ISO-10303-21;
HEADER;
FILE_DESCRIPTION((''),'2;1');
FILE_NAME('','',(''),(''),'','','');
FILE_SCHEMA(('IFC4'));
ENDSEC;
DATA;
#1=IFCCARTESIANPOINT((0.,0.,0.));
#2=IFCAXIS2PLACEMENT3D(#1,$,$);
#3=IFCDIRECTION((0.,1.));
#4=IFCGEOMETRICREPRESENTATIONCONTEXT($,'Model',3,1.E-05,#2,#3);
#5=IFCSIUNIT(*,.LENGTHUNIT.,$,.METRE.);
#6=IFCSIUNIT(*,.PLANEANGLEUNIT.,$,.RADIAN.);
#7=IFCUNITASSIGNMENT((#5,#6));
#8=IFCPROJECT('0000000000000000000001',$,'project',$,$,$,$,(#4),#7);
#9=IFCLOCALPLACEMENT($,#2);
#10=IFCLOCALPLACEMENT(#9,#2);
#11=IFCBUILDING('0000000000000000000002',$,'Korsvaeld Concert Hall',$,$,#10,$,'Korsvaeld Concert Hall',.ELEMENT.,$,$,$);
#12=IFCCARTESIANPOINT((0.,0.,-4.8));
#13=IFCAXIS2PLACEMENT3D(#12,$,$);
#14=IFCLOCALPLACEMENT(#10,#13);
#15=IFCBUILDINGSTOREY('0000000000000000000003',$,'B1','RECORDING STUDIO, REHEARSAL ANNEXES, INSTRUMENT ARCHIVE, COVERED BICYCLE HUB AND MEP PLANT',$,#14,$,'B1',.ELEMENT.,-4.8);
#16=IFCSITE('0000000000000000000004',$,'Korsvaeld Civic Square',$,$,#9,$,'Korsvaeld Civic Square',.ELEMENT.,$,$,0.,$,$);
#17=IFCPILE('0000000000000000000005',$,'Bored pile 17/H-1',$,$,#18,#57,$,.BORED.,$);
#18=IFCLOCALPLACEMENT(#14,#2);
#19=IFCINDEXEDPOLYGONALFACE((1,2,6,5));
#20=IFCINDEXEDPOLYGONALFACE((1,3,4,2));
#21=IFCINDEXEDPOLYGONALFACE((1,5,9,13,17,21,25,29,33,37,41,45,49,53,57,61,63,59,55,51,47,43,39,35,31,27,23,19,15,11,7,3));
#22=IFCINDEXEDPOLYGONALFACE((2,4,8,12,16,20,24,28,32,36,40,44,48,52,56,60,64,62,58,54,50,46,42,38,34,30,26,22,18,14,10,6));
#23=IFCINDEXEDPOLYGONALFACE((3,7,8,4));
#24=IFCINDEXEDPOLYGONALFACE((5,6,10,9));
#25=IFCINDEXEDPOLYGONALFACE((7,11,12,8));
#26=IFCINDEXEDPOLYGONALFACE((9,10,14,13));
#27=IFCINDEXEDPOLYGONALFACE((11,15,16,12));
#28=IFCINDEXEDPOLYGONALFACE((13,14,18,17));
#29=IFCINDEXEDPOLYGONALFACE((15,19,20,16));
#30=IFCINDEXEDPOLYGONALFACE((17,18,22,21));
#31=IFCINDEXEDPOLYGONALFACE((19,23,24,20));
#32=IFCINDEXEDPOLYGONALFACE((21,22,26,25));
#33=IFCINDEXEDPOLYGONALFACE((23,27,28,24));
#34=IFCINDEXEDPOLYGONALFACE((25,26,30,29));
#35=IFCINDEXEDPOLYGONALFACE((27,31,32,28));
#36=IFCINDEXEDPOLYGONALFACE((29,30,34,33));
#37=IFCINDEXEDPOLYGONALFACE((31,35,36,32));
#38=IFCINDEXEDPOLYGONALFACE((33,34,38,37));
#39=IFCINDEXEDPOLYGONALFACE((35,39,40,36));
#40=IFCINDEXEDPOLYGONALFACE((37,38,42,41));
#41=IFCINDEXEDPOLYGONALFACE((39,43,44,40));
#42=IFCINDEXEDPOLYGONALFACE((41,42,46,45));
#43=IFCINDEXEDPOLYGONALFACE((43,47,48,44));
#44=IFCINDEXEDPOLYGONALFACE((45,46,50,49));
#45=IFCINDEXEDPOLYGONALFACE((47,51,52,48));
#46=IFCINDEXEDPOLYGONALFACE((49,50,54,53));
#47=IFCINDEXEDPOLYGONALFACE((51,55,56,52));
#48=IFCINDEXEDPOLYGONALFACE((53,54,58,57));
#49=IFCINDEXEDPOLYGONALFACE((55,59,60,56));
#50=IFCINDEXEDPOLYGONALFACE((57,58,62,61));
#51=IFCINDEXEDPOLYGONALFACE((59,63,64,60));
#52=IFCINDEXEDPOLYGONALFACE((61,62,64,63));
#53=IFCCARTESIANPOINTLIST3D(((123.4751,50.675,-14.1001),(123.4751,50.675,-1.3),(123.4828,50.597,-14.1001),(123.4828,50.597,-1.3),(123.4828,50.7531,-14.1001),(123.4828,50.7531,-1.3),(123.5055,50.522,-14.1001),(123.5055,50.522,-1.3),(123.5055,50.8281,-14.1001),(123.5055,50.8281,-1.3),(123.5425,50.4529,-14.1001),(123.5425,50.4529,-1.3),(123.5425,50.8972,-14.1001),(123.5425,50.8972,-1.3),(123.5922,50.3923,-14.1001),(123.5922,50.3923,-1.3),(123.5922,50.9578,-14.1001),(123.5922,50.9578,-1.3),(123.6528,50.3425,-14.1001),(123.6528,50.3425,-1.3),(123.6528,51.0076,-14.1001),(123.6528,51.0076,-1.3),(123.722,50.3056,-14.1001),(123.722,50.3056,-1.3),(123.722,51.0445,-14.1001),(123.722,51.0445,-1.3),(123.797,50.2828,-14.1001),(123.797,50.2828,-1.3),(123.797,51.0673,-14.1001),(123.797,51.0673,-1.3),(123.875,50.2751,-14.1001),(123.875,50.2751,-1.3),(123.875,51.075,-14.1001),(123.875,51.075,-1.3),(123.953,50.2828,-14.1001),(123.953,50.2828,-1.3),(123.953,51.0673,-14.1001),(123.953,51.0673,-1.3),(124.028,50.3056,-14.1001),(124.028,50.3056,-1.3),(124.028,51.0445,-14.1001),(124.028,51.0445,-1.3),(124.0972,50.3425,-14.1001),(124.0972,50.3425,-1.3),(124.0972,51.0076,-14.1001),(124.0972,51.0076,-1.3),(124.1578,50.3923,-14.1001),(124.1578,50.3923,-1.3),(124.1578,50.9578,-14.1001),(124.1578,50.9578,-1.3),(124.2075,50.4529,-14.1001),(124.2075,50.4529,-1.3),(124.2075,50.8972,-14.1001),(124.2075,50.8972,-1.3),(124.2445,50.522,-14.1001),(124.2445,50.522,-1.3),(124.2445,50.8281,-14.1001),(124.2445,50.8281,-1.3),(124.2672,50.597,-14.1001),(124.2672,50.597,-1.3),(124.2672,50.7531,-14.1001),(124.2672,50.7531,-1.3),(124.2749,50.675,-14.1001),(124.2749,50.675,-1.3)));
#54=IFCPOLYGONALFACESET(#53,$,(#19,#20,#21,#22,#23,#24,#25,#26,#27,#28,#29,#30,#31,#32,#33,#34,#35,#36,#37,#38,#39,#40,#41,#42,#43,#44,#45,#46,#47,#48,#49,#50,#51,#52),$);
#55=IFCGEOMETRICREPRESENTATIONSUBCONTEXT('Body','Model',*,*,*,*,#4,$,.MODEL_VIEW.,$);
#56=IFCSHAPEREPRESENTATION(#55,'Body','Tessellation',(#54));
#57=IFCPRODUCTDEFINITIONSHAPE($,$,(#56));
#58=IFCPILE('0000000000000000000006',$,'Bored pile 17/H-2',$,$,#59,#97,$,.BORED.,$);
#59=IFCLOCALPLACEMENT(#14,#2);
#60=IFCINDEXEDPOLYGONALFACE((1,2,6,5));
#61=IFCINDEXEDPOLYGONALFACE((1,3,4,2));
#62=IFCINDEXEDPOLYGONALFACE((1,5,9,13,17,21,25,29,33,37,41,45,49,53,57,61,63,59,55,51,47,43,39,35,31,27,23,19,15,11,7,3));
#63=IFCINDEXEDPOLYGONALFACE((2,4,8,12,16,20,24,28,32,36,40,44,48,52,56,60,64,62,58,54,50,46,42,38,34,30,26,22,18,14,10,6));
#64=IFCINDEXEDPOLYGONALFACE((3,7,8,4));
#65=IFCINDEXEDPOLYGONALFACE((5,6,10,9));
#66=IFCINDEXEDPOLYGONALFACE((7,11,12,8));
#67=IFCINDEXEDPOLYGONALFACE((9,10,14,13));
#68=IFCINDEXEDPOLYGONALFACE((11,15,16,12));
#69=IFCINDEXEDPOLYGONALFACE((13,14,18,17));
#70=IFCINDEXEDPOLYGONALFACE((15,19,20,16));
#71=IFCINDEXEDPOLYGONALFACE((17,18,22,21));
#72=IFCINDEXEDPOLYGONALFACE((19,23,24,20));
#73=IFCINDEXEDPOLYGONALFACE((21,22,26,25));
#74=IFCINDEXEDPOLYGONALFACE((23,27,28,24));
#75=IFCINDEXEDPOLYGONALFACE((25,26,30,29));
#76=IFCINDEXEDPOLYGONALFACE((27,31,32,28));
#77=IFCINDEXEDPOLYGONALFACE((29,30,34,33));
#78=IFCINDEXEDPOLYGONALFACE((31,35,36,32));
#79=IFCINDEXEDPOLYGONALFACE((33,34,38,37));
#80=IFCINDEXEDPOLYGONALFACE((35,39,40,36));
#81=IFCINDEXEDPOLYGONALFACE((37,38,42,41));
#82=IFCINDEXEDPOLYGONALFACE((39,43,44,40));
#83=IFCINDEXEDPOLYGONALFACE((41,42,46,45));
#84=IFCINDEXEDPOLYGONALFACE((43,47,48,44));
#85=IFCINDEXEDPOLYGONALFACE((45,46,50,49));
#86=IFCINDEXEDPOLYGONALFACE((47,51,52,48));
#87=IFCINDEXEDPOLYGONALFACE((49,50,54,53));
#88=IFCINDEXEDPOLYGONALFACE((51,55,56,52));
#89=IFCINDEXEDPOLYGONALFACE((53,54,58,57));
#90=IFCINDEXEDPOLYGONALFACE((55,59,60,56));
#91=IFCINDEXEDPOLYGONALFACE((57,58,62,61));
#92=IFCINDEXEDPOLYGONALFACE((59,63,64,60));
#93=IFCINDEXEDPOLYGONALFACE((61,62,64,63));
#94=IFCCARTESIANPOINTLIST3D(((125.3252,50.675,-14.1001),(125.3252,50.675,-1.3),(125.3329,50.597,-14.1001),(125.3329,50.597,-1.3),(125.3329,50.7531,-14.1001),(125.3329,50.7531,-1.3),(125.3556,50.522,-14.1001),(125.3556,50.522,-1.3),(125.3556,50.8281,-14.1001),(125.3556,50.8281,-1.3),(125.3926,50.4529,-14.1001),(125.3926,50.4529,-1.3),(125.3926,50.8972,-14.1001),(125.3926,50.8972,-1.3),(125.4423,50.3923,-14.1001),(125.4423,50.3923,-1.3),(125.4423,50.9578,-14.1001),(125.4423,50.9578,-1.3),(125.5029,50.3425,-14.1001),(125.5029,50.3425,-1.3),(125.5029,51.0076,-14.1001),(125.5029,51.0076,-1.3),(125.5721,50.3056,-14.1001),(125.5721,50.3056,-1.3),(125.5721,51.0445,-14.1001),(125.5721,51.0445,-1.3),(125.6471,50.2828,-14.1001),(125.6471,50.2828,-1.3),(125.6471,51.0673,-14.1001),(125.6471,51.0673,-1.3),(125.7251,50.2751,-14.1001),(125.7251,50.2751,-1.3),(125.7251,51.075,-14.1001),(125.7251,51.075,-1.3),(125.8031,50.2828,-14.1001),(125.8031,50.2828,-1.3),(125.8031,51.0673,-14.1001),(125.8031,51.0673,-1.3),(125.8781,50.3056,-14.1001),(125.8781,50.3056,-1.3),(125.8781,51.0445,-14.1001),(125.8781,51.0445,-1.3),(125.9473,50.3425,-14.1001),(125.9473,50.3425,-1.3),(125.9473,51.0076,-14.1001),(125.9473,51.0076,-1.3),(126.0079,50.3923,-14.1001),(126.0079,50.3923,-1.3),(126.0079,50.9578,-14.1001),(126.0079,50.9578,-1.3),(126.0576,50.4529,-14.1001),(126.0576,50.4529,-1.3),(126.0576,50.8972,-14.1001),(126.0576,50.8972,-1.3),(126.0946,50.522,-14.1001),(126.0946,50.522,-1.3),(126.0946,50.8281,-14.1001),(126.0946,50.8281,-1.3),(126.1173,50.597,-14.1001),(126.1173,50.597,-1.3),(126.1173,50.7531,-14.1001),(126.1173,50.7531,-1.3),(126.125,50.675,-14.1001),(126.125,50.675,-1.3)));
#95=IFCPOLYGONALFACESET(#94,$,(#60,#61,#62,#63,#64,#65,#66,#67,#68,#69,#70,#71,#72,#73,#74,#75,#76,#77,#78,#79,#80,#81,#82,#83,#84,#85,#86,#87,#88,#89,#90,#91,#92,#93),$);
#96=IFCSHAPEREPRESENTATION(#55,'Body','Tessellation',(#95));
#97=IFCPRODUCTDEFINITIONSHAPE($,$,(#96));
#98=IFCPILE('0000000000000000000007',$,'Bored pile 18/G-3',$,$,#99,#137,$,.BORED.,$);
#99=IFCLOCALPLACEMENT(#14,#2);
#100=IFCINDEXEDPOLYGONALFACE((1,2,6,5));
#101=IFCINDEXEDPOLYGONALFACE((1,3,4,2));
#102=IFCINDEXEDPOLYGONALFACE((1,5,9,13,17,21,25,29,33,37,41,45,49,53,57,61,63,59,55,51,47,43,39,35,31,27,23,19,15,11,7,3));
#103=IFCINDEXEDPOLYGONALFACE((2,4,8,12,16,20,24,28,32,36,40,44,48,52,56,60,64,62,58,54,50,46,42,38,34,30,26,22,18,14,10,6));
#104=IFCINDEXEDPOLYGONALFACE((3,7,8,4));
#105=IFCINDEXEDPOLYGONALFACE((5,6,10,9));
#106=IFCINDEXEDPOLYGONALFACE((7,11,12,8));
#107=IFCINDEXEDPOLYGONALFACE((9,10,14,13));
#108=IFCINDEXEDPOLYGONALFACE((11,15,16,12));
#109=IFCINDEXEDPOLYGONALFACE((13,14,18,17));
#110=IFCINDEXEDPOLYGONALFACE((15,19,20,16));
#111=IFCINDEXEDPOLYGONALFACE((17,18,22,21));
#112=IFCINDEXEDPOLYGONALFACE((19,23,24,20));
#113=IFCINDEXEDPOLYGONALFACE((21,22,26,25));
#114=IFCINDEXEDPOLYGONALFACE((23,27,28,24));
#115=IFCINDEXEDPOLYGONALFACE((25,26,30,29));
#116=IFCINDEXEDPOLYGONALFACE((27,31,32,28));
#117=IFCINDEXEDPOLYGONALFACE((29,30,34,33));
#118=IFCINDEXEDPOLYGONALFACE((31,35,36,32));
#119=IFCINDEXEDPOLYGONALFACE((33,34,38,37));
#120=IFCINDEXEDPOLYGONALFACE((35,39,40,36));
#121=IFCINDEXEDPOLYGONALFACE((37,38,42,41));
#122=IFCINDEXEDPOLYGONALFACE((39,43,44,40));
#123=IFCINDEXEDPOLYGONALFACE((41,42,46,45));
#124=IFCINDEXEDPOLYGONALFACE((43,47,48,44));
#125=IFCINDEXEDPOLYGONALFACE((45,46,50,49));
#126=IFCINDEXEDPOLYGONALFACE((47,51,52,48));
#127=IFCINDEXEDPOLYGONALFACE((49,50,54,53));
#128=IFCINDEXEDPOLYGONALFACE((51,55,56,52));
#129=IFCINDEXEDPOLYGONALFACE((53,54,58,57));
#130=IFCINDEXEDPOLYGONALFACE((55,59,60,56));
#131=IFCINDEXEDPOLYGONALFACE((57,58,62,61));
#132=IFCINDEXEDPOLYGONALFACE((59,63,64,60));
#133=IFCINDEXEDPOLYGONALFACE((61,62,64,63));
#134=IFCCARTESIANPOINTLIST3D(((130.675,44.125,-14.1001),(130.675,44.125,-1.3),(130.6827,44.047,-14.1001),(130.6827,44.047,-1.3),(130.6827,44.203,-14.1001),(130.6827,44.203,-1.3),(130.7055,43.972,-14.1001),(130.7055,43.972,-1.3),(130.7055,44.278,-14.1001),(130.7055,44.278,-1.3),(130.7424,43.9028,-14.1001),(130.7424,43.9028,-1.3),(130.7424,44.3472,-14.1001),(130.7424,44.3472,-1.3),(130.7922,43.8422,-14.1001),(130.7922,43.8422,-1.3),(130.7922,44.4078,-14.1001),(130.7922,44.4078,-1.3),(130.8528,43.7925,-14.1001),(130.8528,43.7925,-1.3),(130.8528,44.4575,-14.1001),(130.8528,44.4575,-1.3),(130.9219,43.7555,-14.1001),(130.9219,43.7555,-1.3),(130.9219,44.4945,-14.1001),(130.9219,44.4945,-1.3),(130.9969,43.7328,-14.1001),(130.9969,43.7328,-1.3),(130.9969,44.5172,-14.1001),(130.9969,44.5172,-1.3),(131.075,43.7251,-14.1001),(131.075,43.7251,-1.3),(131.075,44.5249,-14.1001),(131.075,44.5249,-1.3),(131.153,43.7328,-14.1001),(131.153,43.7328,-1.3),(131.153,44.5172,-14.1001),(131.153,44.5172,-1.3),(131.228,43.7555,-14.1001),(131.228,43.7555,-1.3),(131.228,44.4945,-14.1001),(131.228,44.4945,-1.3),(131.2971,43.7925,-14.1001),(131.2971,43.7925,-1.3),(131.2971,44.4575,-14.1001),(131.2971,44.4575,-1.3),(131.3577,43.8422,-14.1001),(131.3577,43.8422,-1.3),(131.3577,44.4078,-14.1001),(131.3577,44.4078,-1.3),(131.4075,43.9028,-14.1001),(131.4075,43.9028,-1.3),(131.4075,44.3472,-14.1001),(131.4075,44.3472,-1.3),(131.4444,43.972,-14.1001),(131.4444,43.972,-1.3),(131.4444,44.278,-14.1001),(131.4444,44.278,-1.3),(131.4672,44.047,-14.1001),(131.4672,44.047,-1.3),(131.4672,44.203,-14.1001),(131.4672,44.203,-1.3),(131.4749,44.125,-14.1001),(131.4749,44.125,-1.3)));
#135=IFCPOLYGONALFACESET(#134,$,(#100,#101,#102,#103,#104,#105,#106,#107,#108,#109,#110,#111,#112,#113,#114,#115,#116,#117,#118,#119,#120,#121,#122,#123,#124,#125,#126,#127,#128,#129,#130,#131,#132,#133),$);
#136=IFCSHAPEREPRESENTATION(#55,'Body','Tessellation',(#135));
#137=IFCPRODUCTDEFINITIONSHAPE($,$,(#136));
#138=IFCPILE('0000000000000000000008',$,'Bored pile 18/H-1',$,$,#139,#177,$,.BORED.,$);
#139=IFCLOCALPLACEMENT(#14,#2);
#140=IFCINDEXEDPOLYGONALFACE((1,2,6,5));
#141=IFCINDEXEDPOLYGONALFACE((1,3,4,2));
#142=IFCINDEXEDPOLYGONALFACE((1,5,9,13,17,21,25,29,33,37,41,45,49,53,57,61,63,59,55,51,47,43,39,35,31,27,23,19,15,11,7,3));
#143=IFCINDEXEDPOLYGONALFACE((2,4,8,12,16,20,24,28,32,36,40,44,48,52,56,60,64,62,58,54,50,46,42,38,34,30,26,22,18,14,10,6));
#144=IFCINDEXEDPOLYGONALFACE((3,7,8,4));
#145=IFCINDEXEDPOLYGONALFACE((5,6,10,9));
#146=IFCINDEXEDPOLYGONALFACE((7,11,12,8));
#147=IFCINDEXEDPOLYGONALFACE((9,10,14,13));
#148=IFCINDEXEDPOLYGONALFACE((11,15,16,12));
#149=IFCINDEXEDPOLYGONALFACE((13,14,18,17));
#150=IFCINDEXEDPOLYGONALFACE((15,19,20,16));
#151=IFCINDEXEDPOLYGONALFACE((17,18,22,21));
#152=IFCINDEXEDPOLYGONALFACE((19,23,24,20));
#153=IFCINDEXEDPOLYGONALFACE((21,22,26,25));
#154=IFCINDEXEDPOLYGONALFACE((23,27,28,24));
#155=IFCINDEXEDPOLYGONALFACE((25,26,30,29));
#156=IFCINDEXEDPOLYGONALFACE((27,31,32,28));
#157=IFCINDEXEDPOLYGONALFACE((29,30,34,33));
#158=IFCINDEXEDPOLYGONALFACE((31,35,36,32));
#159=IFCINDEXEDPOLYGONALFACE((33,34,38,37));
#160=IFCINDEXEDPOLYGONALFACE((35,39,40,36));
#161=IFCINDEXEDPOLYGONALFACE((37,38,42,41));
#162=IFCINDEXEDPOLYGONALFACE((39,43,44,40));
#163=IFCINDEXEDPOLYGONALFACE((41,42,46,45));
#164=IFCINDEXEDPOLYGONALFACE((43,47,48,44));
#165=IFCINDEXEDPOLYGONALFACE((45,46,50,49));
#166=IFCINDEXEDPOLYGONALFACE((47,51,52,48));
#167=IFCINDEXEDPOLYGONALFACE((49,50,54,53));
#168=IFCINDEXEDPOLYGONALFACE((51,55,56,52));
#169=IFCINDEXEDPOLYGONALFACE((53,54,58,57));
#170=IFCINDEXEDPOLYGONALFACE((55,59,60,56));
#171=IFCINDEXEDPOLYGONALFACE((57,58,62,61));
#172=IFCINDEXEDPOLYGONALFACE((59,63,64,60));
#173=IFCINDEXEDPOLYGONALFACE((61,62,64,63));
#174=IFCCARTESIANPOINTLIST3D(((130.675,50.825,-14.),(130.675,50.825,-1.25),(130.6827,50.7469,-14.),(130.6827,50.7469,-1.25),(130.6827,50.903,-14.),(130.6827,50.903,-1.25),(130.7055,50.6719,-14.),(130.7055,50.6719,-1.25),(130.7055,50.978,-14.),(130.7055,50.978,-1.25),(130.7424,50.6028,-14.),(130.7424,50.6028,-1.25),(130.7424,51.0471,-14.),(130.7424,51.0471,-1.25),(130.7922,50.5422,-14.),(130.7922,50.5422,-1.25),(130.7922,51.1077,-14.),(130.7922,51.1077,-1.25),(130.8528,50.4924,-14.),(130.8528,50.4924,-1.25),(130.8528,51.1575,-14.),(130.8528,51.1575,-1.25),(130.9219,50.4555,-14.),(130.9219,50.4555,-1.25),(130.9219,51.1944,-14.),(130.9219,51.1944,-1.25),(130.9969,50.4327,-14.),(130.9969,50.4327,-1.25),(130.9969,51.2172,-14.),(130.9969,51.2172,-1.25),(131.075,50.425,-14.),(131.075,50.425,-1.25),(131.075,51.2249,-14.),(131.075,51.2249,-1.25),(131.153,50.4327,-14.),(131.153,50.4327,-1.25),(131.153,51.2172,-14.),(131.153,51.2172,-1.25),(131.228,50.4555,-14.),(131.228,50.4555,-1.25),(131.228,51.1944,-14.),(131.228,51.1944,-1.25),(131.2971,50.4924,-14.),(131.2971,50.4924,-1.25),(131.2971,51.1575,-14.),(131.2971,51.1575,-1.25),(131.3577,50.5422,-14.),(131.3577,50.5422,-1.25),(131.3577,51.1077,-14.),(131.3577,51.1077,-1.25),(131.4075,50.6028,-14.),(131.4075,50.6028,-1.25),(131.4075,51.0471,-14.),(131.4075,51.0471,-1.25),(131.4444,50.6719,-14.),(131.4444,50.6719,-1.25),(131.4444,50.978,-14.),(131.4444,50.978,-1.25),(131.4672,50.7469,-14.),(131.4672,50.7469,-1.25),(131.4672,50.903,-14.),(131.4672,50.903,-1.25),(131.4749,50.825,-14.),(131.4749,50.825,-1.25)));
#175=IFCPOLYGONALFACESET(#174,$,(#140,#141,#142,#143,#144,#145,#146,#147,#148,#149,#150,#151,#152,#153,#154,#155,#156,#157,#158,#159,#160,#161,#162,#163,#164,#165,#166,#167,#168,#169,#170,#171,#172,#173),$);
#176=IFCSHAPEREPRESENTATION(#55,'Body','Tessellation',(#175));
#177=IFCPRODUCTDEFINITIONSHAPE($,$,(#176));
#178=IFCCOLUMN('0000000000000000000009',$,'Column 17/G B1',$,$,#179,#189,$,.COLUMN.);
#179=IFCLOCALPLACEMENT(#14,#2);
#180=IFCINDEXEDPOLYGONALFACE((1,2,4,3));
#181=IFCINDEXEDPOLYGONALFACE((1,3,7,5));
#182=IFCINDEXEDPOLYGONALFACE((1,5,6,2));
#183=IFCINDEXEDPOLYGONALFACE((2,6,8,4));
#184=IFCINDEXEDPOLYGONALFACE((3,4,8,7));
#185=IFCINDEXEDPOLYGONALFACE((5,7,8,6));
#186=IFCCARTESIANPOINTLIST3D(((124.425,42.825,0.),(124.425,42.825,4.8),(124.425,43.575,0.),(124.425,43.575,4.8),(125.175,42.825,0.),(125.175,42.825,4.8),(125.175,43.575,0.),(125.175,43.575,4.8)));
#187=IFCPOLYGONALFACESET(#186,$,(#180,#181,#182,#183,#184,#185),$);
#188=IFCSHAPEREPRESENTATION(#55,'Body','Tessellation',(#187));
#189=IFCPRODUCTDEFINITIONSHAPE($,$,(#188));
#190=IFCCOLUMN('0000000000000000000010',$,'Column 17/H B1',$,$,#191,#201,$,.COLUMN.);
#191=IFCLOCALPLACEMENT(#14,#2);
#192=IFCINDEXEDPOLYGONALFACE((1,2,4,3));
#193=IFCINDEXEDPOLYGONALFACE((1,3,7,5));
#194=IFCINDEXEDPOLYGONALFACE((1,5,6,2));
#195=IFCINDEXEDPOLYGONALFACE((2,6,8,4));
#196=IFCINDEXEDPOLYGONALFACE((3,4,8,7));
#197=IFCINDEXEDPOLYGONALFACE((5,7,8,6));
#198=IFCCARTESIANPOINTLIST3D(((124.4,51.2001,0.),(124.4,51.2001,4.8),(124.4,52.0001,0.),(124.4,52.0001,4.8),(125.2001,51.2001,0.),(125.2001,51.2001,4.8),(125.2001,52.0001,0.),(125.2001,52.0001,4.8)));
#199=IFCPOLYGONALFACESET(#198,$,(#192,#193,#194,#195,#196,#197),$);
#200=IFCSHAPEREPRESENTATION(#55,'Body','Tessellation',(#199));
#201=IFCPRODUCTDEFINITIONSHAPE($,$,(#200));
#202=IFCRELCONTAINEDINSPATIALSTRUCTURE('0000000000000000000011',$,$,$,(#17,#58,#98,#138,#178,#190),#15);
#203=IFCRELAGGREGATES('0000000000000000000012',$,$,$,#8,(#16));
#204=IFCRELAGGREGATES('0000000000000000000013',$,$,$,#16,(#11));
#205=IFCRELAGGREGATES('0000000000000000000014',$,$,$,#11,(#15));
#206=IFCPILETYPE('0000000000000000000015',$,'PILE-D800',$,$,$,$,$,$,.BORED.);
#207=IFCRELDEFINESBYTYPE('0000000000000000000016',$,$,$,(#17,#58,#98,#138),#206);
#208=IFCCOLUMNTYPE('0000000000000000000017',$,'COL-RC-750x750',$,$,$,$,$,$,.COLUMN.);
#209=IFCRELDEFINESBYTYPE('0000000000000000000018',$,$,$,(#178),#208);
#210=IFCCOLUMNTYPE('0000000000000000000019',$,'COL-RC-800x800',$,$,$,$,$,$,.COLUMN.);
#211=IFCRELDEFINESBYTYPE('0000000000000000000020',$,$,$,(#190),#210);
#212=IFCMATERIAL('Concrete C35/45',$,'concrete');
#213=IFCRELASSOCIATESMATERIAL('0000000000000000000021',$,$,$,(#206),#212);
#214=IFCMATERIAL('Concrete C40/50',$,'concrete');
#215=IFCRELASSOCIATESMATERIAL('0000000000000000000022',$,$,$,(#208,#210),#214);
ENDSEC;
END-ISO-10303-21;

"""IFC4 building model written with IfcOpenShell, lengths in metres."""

from ifc_helpers import new_model, si_unit, direction, frame, origin, origin_2d, place, context, subcontext, project, spatial, rectangle, circle, extrude, material, material_profile, profile_set, type_object, element, save


model = new_model("IFC4")

# Units and contexts
model_context = context("Model", 3, precision=1e-05, world=origin(), true_north=direction((0.0, 1.0)))
body_context = subcontext(model_context, "Body", "Model", "MODEL_VIEW")
ifc_project = project(units=[si_unit("LENGTHUNIT", "METRE"), si_unit("PLANEANGLEUNIT", "RADIAN")], contexts=[model_context])

# Site, building, storey
site_placement = place(None, origin())
site = spatial("IfcSite", under=ifc_project, at=site_placement, Name="Korsvaeld Civic Square", LongName="Korsvaeld Civic Square", CompositionType="ELEMENT", RefElevation=0.0)
building_placement = place(site_placement, origin())
building = spatial("IfcBuilding", under=site, at=building_placement, Name="Korsvaeld Concert Hall", LongName="Korsvaeld Concert Hall", CompositionType="ELEMENT")
storey_placement = place(building_placement, frame((0.0, 0.0, -4.8)))
storey = spatial("IfcBuildingStorey", under=building, at=storey_placement, Name="B1", Description="RECORDING STUDIO, REHEARSAL ANNEXES, INSTRUMENT ARCHIVE, COVERED BICYCLE HUB AND MEP PLANT", LongName="B1", CompositionType="ELEMENT", Elevation=-4.8)

# Shared definitions
ifc_material_1 = material(Name="Concrete C35/45", Category="concrete")

# Piles
ifc_material_profile_1 = material_profile(ifc_material_1, circle(Radius=0.3999, at=origin_2d()), Name="BORED PILE D800")
ifc_profile_set_1 = profile_set([ifc_material_profile_1], Name="Concrete C35/45")
pile_type_1 = type_object("IfcPileType", Name="PILE-D800", PredefinedType="BORED", material=ifc_profile_set_1)
for number, where, z_axis, x_axis, name in (
    (1, (123.875, 50.675, -1.3), (0.0, 0.0, -1.0), (1.0, 0.0, 0.0), "Bored pile 17/H-1"),
    (2, (125.7251, 50.675, -1.3), (0.0, 0.0, -1.0), (1.0, 0.0, 0.0), "Bored pile 17/H-2"),
    (3, (131.075, 44.125, -1.3), (0.0, 0.0, -1.0), (1.0, 0.0, 0.0), "Bored pile 18/G-3"),
):
    element("IfcPile", number, at=place(storey_placement, frame(where, z_axis=z_axis, x_axis=x_axis)), inside=storey, type_object=pile_type_1, Name=name, PredefinedType="BORED", context=body_context, shape_type="SweptSolid", body=[
        extrude(circle(Radius=0.3999, at=origin_2d()), origin(), (0.0, 0.0, 1.0), 12.8),
    ])
pile_placement = place(storey_placement, frame((131.075, 50.825, -1.25), z_axis=(0.0, 0.0, -1.0), x_axis=(1.0, 0.0, 0.0)))
element("IfcPile", 4, at=pile_placement, inside=storey, type_object=pile_type_1, Name="Bored pile 18/H-1", PredefinedType="BORED", context=body_context, shape_type="SweptSolid", body=[
    extrude(circle(Radius=0.3999, at=origin_2d()), origin(), (0.0, 0.0, 1.0), 12.75),
])

# Columns
ifc_material_2 = material(Name="Concrete C40/50", Category="concrete")
ifc_material_profile_2 = material_profile(ifc_material_2, rectangle(XDim=0.75, YDim=0.75, at=origin_2d()), Name="RC 750x750")
ifc_profile_set_2 = profile_set([ifc_material_profile_2], Name="Concrete C40/50")
column_type_1 = type_object("IfcColumnType", Name="COL-RC-750x750", PredefinedType="COLUMN", material=ifc_profile_set_2)
column_placement = place(storey_placement, frame((124.8, 43.2, 0.0), z_axis=(0.0, 0.0, 1.0), x_axis=(1.0, 0.0, 0.0)))
element("IfcColumn", 5, at=column_placement, inside=storey, type_object=column_type_1, Name="Column 17/G B1", PredefinedType="COLUMN", context=body_context, shape_type="SweptSolid", body=[
    extrude(rectangle(XDim=0.75, YDim=0.75, at=origin_2d()), origin(), (0.0, 0.0, 1.0), 4.8),
])
ifc_material_profile_3 = material_profile(ifc_material_2, rectangle(XDim=0.8, YDim=0.8, at=origin_2d()), Name="RC 800x800")
ifc_profile_set_3 = profile_set([ifc_material_profile_3], Name="Concrete C40/50")
column_type_2 = type_object("IfcColumnType", Name="COL-RC-800x800", PredefinedType="COLUMN", material=ifc_profile_set_3)
for number, where, z_axis, x_axis, name in (
    (6, (124.8, 51.6001, 0.0), (0.0, 0.0, 1.0), (1.0, 0.0, 0.0), "Column 17/H B1"),
):
    element("IfcColumn", number, at=place(storey_placement, frame(where, z_axis=z_axis, x_axis=x_axis)), inside=storey, type_object=column_type_2, Name=name, PredefinedType="COLUMN", context=body_context, shape_type="SweptSolid", body=[
        extrude(rectangle(XDim=0.8, YDim=0.8, at=origin_2d()), origin(), (0.0, 0.0, 1.0), 4.8),
    ])

save(model, "model.ifc")
